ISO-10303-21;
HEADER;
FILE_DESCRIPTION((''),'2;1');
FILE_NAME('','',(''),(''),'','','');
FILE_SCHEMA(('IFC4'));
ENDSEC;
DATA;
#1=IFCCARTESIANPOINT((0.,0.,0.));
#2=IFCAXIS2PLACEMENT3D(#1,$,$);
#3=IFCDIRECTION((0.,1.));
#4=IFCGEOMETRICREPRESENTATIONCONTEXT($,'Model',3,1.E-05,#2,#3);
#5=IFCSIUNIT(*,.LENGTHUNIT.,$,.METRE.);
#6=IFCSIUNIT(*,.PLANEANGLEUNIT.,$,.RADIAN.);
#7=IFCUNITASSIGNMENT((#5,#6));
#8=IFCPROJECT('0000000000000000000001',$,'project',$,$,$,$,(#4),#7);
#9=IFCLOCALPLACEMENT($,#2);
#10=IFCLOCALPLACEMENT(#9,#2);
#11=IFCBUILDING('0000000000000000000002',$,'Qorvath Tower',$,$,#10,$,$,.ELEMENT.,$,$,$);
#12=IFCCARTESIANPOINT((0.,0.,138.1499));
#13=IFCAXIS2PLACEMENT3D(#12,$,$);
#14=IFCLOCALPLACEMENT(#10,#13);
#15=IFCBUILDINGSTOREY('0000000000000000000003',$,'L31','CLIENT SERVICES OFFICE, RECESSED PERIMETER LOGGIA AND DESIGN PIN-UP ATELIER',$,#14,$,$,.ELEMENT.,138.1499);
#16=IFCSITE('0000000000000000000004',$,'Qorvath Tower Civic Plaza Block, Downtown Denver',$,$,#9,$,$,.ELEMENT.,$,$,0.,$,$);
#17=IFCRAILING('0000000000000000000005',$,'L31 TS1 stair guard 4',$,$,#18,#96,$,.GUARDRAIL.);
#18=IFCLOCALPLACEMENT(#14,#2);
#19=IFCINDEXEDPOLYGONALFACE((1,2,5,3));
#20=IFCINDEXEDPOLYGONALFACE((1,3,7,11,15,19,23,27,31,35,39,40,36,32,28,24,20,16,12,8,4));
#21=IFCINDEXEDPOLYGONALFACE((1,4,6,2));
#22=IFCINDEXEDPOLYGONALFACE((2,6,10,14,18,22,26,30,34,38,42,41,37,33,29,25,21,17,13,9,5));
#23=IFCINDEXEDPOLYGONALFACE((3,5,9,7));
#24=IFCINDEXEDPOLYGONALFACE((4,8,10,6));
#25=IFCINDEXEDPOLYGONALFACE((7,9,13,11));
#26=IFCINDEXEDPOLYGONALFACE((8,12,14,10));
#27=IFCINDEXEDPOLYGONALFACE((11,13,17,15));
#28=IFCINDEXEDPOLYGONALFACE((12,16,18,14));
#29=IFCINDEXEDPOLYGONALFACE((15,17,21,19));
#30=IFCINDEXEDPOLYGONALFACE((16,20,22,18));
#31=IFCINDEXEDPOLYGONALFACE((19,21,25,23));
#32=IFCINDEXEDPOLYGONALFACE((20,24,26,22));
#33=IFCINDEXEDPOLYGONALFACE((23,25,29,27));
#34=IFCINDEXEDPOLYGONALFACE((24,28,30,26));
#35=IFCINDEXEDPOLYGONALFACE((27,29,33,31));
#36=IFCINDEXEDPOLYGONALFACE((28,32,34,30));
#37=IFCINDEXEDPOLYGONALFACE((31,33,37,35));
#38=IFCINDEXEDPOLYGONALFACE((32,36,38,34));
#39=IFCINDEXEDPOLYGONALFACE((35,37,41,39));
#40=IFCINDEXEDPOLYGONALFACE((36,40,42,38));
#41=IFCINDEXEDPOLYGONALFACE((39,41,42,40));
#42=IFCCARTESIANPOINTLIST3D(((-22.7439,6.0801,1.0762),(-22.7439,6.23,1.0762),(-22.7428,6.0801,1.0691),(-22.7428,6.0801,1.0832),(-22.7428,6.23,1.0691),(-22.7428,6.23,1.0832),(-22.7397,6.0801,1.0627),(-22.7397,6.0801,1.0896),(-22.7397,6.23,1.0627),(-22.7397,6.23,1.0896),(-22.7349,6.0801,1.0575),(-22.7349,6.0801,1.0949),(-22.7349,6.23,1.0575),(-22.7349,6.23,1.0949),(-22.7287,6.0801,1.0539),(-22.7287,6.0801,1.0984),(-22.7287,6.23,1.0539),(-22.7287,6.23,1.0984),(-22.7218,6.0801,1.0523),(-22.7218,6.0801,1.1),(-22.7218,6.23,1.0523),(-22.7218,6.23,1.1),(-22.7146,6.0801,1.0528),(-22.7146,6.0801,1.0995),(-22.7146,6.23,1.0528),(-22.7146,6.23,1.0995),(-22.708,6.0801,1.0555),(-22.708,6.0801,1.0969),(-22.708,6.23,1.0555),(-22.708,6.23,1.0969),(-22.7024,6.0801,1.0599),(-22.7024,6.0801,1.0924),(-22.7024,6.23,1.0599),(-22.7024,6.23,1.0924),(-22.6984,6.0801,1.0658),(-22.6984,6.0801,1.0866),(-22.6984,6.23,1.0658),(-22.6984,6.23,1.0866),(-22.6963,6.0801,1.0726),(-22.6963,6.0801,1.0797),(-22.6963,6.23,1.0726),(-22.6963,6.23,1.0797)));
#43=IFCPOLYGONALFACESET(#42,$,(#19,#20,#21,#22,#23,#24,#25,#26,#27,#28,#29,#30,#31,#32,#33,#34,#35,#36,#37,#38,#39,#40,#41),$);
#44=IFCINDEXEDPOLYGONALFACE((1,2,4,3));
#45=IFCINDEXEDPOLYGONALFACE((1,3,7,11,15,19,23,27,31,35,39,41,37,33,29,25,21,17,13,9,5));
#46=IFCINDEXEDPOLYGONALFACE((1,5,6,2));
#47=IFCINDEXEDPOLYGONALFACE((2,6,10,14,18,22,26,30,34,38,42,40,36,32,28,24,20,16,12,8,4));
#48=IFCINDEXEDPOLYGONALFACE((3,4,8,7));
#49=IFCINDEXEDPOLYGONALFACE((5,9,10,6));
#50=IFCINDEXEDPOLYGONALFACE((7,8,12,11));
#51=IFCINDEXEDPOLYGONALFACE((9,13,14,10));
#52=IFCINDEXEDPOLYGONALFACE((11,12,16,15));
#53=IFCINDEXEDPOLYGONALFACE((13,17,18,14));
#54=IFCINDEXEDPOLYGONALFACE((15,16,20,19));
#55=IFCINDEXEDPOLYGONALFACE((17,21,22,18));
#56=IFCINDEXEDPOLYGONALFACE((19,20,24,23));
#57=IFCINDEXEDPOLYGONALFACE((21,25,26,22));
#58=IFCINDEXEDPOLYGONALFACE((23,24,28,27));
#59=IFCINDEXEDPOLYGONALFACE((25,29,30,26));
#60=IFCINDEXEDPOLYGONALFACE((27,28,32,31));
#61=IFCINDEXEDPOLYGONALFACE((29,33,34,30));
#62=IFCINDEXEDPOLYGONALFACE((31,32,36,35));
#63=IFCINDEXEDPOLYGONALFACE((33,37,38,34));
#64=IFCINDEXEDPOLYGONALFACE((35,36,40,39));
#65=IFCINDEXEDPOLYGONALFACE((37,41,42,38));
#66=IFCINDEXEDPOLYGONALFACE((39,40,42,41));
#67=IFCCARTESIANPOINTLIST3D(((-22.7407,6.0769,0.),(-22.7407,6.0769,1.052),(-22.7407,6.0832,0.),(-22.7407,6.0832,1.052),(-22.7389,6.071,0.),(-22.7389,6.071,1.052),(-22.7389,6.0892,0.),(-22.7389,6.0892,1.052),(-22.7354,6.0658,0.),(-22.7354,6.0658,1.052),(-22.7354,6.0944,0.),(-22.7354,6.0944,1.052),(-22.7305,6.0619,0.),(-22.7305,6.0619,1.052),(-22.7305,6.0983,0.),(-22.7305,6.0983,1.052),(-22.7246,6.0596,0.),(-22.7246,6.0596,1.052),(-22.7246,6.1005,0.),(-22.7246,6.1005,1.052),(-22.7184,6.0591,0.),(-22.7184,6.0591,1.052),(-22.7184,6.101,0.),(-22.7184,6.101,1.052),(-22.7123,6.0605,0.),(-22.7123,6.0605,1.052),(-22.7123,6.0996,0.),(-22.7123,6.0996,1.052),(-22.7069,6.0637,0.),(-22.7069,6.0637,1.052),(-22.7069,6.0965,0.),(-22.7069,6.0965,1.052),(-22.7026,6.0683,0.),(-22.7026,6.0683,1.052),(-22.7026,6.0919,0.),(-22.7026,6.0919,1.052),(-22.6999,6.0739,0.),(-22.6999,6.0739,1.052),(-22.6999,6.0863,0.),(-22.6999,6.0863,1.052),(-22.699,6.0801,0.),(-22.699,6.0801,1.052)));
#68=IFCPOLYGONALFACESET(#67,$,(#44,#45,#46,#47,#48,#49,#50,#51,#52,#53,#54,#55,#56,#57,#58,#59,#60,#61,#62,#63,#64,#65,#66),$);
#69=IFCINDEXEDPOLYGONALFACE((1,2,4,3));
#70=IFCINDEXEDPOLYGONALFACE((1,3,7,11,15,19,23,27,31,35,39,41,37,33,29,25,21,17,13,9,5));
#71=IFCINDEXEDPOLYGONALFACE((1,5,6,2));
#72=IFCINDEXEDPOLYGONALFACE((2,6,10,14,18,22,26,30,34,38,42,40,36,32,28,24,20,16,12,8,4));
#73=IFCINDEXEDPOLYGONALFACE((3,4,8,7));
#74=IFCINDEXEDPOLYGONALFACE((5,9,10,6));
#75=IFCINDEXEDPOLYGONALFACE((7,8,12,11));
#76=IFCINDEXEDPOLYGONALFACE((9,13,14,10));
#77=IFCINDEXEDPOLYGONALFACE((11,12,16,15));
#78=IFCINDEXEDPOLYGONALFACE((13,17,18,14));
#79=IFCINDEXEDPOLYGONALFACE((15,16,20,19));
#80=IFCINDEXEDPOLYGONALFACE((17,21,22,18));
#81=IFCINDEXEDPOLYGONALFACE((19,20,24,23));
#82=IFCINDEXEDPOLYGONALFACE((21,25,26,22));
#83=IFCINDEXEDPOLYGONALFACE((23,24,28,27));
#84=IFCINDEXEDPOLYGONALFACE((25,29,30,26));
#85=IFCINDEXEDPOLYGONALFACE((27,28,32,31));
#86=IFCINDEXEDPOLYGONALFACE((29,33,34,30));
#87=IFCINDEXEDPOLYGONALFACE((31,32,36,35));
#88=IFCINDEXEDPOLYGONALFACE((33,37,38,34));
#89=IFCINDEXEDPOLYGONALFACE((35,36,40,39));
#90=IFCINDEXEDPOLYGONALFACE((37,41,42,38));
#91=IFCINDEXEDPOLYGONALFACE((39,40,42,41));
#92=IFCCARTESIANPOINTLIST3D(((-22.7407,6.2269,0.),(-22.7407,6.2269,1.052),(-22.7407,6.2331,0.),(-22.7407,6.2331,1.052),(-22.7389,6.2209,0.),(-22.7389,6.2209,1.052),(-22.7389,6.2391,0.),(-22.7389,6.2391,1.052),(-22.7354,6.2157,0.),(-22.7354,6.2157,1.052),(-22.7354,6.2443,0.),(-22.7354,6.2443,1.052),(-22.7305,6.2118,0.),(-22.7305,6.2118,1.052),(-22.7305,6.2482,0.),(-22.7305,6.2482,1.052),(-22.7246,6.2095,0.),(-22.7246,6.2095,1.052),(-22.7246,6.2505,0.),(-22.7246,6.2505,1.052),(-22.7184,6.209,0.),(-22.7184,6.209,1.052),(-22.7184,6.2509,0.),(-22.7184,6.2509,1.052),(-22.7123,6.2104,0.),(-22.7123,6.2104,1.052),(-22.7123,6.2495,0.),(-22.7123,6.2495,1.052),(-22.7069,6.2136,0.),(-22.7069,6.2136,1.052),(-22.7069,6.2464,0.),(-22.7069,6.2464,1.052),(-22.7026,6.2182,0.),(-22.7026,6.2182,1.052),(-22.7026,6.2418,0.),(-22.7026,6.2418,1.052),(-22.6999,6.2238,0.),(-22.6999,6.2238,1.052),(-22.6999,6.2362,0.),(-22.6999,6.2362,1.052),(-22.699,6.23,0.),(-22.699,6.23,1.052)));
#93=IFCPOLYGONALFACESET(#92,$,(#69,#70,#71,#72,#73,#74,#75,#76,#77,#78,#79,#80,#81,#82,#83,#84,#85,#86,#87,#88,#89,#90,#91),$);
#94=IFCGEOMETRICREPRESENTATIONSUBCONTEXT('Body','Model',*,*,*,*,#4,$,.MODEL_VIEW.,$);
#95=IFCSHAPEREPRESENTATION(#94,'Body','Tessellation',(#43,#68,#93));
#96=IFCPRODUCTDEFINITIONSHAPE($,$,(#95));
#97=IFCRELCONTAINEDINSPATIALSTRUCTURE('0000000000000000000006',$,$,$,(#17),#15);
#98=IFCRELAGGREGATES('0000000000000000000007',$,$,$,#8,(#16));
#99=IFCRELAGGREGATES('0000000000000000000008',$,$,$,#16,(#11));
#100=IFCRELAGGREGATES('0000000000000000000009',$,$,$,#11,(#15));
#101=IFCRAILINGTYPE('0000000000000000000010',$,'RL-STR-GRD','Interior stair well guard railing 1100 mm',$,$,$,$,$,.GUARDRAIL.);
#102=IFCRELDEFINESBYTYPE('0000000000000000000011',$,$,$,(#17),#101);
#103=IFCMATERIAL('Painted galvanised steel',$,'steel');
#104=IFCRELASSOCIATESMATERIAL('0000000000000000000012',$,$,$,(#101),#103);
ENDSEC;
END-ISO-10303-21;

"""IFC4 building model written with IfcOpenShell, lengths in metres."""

from ifc_helpers import new_model, si_unit, direction, frame, origin, origin_2d, place, context, subcontext, project, spatial, circle, extrude, material, type_object, element, save


model = new_model("IFC4")

# Units and contexts
model_context = context("Model", 3, precision=1e-05, world=origin(), true_north=direction((0.0, 1.0)))
body_context = subcontext(model_context, "Body", "Model", "MODEL_VIEW")
ifc_project = project(units=[si_unit("LENGTHUNIT", "METRE"), si_unit("PLANEANGLEUNIT", "RADIAN")], contexts=[model_context])

# Site, building, storey
site_placement = place(None, origin())
site = spatial("IfcSite", under=ifc_project, at=site_placement, Name="Qorvath Tower Civic Plaza Block, Downtown Denver", CompositionType="ELEMENT", RefElevation=0.0)
building_placement = place(site_placement, origin())
building = spatial("IfcBuilding", under=site, at=building_placement, Name="Qorvath Tower", CompositionType="ELEMENT")
storey_placement = place(building_placement, frame((0.0, 0.0, 138.1499)))
storey = spatial("IfcBuildingStorey", under=building, at=storey_placement, Name="L31", Description="CLIENT SERVICES OFFICE, RECESSED PERIMETER LOGGIA AND DESIGN PIN-UP ATELIER", CompositionType="ELEMENT", Elevation=138.1499)

# Railing
ifc_material_1 = material(Name="Painted galvanised steel", Category="steel")
railing_type_1 = type_object("IfcRailingType", Name="RL-STR-GRD", Description="Interior stair well guard railing 1100 mm", PredefinedType="GUARDRAIL", material=ifc_material_1)
railing_1_placement = place(storey_placement, frame((-22.72, 6.0801, 0.0)))
element("IfcRailing", 1, at=railing_1_placement, inside=storey, type_object=railing_type_1, Name="L31 TS1 stair guard 4", PredefinedType="GUARDRAIL", context=body_context, shape_type="SweptSolid", body=[
    extrude(circle(Radius=0.0239, at=origin_2d()), frame((0.0, 0.0, 1.0762), z_axis=(0.0, 1.0, 0.0), x_axis=(-1.0, 0.0, 0.0)), (0.0, 0.0, 1.0), 0.1499),
    extrude(circle(Radius=0.021, at=origin_2d()), origin(), (0.0, 0.0, 1.0), 1.052),
    extrude(circle(Radius=0.021, at=origin_2d()), frame((0.0, 0.1499, 0.0)), (0.0, 0.0, 1.0), 1.052),
])

save(model, "model.ifc")
